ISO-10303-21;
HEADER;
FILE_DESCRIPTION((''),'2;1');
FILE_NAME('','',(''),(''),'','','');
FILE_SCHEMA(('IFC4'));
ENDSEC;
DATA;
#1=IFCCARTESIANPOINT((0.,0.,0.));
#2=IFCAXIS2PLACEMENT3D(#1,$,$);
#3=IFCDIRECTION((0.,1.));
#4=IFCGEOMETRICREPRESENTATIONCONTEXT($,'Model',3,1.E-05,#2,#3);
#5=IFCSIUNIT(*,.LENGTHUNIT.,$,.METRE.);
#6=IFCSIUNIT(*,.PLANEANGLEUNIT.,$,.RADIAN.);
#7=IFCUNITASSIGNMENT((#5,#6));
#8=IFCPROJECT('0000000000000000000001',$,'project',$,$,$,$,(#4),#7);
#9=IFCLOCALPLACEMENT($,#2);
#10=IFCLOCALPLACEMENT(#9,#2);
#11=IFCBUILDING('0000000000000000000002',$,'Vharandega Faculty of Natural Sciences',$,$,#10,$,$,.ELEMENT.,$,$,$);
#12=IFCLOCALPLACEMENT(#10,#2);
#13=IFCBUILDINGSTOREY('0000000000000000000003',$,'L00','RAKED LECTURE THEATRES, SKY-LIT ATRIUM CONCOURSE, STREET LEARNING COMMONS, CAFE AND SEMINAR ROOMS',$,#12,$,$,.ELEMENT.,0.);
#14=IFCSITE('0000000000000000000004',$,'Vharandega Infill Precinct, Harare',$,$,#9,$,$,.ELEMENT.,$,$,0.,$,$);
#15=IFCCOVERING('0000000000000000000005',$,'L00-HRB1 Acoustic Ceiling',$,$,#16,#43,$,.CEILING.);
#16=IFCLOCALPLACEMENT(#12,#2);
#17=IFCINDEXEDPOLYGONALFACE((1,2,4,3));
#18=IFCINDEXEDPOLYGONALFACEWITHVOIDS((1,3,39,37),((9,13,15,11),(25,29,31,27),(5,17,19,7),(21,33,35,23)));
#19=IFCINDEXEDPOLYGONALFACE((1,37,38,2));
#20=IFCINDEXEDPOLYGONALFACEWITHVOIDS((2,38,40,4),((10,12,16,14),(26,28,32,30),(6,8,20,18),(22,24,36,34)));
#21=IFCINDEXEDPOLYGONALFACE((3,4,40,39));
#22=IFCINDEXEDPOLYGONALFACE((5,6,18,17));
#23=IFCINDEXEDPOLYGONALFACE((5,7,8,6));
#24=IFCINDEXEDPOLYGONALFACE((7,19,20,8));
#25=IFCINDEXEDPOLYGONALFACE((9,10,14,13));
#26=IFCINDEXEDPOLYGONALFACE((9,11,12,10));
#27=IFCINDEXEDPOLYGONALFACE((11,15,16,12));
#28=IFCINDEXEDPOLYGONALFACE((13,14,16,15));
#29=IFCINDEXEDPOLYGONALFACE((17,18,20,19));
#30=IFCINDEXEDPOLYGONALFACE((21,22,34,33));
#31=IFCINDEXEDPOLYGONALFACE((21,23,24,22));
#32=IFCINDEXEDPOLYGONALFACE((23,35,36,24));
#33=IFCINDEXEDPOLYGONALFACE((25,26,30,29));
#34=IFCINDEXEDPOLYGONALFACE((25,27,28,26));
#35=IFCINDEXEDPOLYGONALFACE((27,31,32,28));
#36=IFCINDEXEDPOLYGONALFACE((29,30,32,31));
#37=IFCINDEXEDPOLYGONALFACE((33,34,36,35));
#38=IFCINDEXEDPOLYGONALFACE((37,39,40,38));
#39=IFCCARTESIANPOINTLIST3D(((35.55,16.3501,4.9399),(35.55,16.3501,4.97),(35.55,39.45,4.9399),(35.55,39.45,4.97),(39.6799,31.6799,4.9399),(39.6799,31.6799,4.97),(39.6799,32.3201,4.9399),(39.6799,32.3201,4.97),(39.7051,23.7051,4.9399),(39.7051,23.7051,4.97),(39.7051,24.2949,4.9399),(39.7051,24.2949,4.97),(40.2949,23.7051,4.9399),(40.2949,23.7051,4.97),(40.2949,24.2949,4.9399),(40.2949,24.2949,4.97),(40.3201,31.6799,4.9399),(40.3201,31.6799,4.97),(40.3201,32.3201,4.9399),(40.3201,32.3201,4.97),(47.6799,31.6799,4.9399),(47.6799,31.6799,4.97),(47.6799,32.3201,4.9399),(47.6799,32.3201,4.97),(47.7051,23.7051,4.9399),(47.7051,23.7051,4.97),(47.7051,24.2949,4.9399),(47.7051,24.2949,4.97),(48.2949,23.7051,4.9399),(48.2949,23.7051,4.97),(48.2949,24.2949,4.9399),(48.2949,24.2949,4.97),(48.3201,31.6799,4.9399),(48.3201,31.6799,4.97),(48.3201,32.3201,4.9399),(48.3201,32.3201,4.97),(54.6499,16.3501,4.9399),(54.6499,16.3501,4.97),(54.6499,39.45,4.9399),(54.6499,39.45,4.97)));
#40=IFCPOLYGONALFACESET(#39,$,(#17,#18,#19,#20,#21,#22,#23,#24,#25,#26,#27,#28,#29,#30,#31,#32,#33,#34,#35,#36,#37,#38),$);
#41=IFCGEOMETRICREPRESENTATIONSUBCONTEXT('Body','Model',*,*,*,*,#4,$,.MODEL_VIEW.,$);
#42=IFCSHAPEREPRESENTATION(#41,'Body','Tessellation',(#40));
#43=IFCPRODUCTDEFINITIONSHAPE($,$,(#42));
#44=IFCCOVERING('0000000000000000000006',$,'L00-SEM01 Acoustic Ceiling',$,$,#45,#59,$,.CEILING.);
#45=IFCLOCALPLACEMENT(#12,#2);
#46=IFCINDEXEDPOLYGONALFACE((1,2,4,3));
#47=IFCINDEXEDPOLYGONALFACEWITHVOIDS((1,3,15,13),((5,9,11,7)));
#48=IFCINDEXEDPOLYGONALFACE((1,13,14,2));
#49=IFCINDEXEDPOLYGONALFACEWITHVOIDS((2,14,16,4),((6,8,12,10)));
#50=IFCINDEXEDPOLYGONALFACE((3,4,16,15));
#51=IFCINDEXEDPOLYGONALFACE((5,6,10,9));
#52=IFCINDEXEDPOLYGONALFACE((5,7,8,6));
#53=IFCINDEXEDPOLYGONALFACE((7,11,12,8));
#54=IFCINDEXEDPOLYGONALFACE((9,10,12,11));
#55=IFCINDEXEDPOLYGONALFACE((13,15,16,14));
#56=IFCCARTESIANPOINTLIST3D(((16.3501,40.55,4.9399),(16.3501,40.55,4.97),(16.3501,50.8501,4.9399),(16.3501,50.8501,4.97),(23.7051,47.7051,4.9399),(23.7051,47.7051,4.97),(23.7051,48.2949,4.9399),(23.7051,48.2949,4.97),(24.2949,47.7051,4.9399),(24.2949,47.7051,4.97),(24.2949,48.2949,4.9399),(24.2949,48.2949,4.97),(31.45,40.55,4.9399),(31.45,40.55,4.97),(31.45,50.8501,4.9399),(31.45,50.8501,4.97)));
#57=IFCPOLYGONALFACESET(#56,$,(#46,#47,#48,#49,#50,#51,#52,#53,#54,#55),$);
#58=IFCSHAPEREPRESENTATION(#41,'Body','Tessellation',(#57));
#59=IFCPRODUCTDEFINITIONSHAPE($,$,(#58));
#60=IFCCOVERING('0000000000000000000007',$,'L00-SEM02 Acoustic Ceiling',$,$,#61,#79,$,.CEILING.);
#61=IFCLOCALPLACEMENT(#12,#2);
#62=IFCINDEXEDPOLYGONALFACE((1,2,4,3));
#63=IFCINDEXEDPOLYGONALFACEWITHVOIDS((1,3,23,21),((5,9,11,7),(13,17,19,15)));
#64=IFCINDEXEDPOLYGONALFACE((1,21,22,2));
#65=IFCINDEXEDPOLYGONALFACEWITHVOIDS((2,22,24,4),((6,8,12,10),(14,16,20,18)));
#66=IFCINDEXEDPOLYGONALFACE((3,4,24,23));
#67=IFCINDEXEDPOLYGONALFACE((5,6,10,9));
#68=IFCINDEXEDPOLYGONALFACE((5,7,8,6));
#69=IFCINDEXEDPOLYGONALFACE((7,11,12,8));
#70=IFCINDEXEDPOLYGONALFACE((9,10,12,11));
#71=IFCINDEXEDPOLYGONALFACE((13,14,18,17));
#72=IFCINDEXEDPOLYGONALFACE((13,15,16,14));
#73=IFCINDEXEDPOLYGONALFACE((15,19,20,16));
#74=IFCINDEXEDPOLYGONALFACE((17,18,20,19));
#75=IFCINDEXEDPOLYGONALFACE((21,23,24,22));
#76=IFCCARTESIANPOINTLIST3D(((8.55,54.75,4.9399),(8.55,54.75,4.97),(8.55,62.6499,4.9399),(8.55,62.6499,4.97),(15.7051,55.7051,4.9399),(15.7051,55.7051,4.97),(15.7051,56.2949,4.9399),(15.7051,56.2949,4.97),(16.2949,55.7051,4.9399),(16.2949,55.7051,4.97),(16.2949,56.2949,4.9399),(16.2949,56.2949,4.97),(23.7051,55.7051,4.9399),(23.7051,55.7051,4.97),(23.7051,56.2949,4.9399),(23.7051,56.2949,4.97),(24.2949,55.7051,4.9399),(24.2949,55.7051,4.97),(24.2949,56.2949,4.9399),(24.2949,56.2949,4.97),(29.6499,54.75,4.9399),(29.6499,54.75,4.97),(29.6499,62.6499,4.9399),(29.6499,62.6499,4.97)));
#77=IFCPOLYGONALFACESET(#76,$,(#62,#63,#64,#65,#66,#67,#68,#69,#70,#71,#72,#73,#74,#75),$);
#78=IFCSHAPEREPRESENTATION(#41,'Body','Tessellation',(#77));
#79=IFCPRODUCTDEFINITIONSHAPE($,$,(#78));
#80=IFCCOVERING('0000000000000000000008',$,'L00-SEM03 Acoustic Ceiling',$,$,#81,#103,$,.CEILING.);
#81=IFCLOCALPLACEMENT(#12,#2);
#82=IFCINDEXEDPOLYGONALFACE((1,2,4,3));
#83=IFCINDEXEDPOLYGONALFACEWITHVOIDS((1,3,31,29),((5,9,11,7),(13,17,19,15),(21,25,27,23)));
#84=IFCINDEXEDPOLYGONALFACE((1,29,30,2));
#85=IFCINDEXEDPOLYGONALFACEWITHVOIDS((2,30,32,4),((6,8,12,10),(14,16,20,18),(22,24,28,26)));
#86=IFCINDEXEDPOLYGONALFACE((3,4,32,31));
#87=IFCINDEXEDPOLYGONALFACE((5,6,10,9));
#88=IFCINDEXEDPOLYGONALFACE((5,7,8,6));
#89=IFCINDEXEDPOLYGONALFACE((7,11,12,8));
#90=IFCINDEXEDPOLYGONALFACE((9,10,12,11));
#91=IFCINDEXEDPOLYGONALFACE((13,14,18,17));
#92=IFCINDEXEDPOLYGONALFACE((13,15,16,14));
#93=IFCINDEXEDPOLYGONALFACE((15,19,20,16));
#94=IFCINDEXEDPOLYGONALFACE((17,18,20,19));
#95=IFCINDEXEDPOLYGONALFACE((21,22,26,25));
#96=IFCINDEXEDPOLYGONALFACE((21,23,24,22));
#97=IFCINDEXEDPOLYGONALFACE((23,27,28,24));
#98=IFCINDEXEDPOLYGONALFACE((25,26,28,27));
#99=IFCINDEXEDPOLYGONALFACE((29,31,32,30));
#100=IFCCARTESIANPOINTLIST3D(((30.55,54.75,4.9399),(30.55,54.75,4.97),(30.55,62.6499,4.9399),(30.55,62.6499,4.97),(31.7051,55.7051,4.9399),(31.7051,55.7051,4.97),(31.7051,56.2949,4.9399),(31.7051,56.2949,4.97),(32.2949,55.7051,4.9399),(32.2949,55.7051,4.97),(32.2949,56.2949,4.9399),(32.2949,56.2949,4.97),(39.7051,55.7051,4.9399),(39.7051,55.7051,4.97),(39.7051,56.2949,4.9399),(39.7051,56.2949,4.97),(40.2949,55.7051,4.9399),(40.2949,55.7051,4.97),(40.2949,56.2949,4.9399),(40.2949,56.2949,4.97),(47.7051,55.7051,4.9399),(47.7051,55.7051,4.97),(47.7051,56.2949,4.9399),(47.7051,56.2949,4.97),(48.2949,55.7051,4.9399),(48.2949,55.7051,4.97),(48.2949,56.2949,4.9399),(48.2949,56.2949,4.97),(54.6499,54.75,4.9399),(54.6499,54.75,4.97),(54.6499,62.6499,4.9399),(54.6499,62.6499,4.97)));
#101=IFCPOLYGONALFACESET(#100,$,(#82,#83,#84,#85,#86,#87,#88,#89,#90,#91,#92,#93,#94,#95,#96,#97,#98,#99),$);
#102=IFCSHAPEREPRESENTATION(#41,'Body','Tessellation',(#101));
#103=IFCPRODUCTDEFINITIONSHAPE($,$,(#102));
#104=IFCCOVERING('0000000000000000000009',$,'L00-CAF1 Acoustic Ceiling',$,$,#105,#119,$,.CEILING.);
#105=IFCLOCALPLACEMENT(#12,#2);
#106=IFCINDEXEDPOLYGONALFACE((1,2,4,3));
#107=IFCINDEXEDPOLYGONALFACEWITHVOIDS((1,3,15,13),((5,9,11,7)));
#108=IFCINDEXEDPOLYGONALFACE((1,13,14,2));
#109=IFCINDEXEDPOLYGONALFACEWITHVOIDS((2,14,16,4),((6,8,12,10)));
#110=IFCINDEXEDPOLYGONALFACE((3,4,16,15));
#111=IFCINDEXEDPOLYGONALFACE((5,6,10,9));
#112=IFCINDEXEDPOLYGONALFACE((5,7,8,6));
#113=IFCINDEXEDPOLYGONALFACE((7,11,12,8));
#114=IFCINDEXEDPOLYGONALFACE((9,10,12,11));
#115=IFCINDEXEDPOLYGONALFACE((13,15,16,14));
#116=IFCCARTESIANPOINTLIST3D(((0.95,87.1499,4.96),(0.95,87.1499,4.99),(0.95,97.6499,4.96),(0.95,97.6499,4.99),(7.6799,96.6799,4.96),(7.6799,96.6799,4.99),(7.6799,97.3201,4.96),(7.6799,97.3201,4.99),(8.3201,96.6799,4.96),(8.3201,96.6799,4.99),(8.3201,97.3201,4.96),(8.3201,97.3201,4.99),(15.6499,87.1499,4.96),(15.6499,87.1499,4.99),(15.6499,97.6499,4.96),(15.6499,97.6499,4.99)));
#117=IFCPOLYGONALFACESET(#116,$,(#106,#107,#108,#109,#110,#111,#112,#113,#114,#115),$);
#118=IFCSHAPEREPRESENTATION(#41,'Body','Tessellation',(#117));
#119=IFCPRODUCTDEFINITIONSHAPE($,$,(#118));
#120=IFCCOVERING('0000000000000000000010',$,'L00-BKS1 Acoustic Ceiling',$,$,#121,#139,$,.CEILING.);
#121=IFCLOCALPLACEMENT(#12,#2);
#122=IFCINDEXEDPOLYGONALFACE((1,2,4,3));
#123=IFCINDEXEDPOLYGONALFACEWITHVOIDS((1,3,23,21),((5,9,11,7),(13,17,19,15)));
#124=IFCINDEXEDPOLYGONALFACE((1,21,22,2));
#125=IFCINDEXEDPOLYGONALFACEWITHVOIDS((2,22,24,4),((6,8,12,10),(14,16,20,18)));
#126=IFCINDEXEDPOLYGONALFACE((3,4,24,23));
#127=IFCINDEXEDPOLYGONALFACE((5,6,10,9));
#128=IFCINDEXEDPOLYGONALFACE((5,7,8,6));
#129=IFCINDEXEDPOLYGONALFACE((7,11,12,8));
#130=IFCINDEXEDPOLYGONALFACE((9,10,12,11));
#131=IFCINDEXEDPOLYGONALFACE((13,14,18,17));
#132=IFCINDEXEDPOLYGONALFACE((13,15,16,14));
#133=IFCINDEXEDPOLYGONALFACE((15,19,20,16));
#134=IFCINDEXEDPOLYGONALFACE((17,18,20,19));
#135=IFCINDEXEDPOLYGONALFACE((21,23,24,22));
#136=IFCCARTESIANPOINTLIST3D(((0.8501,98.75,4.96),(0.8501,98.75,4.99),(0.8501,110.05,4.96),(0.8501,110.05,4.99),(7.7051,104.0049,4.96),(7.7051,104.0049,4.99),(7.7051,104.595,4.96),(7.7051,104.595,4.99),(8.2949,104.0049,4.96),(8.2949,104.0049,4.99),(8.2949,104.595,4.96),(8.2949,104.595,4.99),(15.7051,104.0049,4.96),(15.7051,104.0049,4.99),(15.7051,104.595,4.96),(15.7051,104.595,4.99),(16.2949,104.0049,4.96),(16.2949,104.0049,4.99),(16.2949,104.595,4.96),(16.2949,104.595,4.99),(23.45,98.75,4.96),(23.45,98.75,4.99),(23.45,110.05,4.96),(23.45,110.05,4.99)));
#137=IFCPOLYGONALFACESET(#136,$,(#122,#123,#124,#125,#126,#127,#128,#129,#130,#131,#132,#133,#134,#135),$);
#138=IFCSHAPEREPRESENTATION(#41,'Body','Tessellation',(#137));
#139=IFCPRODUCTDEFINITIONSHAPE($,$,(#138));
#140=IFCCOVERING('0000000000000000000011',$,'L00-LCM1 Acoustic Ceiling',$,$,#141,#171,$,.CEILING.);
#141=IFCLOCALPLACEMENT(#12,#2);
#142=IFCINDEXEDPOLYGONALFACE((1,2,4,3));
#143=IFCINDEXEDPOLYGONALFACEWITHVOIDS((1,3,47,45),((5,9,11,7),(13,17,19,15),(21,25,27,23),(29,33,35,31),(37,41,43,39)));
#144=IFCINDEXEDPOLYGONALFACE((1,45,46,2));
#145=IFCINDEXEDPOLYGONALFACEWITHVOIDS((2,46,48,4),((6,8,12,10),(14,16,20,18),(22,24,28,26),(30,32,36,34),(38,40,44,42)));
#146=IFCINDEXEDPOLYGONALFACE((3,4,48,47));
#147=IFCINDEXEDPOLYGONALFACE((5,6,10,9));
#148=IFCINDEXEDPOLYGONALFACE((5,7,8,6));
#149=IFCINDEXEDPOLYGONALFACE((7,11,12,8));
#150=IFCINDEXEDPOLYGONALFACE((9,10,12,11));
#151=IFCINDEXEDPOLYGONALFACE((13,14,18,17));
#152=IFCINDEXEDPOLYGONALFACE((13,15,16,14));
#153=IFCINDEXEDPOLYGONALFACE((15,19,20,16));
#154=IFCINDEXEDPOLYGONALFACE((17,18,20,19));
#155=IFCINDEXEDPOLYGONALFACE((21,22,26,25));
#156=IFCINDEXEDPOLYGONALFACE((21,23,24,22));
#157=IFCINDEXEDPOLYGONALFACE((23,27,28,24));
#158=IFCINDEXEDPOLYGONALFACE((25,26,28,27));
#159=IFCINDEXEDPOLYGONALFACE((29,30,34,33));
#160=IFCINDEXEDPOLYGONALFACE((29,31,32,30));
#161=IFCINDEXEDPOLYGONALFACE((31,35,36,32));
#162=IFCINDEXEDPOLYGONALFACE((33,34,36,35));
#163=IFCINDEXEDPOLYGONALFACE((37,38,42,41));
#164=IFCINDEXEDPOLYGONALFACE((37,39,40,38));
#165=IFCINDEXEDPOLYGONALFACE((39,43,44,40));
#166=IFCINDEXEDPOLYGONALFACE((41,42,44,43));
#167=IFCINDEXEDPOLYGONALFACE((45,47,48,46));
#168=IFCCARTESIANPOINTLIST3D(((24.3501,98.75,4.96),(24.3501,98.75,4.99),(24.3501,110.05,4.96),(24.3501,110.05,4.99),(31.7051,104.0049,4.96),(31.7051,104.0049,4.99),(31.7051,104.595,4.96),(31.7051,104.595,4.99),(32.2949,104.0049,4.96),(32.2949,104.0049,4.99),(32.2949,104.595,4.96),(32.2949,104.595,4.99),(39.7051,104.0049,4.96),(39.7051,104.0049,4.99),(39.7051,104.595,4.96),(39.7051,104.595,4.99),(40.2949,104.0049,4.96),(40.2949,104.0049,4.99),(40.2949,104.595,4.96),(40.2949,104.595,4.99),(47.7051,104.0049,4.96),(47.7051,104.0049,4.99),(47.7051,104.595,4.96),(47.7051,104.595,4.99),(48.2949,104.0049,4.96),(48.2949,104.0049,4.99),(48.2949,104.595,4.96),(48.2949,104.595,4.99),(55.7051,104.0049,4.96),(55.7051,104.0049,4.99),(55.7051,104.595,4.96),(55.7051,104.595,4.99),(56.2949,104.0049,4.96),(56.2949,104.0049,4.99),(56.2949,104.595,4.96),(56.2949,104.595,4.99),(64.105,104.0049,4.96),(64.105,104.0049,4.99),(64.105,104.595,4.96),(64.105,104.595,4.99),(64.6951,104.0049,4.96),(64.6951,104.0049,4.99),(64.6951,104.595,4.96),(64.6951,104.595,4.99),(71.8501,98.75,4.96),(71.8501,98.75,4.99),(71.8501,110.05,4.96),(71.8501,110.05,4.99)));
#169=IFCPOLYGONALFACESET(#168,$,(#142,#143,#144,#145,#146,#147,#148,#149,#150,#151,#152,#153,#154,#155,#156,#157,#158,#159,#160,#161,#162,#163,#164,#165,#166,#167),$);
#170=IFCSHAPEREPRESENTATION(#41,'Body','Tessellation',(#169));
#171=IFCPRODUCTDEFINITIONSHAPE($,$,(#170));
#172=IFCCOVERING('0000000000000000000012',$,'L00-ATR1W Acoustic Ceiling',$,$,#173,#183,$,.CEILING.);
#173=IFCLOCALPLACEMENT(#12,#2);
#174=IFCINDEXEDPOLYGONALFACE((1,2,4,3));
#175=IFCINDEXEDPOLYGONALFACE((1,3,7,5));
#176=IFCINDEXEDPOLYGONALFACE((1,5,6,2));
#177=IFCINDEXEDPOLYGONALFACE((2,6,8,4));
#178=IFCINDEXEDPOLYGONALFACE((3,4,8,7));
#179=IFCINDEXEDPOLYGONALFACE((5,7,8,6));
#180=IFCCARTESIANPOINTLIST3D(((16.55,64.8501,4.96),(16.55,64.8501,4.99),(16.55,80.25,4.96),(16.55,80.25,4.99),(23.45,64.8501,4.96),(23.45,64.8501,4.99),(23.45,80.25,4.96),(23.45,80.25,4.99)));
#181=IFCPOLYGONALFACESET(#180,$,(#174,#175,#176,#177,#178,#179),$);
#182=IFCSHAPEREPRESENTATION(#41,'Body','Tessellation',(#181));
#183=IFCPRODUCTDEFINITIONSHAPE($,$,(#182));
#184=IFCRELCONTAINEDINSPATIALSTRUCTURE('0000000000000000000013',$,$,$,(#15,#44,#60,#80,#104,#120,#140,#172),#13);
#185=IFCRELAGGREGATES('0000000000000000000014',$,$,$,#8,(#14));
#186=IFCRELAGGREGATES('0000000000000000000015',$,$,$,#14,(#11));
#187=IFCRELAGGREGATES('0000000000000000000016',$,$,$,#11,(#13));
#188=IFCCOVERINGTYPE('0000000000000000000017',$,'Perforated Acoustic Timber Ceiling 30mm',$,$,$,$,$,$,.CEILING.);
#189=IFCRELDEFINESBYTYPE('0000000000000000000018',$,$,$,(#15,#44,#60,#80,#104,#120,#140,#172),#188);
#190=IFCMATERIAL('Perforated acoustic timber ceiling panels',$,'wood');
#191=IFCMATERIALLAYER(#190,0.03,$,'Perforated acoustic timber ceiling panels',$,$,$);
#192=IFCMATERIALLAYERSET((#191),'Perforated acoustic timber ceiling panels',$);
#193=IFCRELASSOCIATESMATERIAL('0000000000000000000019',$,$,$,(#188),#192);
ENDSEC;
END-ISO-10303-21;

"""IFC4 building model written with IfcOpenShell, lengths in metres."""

from ifc_helpers import new_model, si_unit, direction, frame, origin, place, context, subcontext, project, spatial, polyline, outline, extrude, material, layer, layer_set, type_object, element, save


model = new_model("IFC4")

# Units and contexts
model_context = context("Model", 3, precision=1e-05, world=origin(), true_north=direction((0.0, 1.0)))
body_context = subcontext(model_context, "Body", "Model", "MODEL_VIEW")
ifc_project = project(units=[si_unit("LENGTHUNIT", "METRE"), si_unit("PLANEANGLEUNIT", "RADIAN")], contexts=[model_context])

# Site, building, storey
site_placement = place(None, origin())
site = spatial("IfcSite", under=ifc_project, at=site_placement, Name="Vharandega Infill Precinct, Harare", CompositionType="ELEMENT", RefElevation=0.0)
building_placement = place(site_placement, origin())
building = spatial("IfcBuilding", under=site, at=building_placement, Name="Vharandega Faculty of Natural Sciences", CompositionType="ELEMENT")
storey_placement = place(building_placement, origin())
storey = spatial("IfcBuildingStorey", under=building, at=storey_placement, Name="L00", Description="RAKED LECTURE THEATRES, SKY-LIT ATRIUM CONCOURSE, STREET LEARNING COMMONS, CAFE AND SEMINAR ROOMS", CompositionType="ELEMENT", Elevation=0.0)

# Coverings
ifc_material_1 = material(Name="Perforated acoustic timber ceiling panels", Category="wood")
ifc_layer_1 = layer(ifc_material_1, 0.03, Name="Perforated acoustic timber ceiling panels")
ifc_layer_set_1 = layer_set([ifc_layer_1], Name="Perforated acoustic timber ceiling panels")
covering_type_1 = type_object("IfcCoveringType", Name="Perforated Acoustic Timber Ceiling 30mm", PredefinedType="CEILING", material=ifc_layer_set_1)
covering_1_placement = place(storey_placement, frame((0.0, 0.0, 4.9399)))
element("IfcCovering", 1, at=covering_1_placement, inside=storey, type_object=covering_type_1, Name="L00-HRB1 Acoustic Ceiling", PredefinedType="CEILING", context=body_context, shape_type="SweptSolid", body=[
    extrude(outline(polyline([(35.55, 16.3501), (54.6499, 16.3501), (54.6499, 39.45), (35.55, 39.45), (35.55, 16.3501)]), holes=[polyline([(39.7051, 23.7051), (40.2949, 23.7051), (40.2949, 24.2949), (39.7051, 24.2949), (39.7051, 23.7051)]), polyline([(39.6799, 31.6799), (40.3201, 31.6799), (40.3201, 32.3201), (39.6799, 32.3201), (39.6799, 31.6799)]), polyline([(47.7051, 23.7051), (48.2949, 23.7051), (48.2949, 24.2949), (47.7051, 24.2949), (47.7051, 23.7051)]), polyline([(47.6799, 31.6799), (48.3201, 31.6799), (48.3201, 32.3201), (47.6799, 32.3201), (47.6799, 31.6799)])]), origin(), (0.0, 0.0, 1.0), 0.03),
])
covering_2_placement = place(storey_placement, frame((0.0, 0.0, 4.9399)))
element("IfcCovering", 2, at=covering_2_placement, inside=storey, type_object=covering_type_1, Name="L00-SEM01 Acoustic Ceiling", PredefinedType="CEILING", context=body_context, shape_type="SweptSolid", body=[
    extrude(outline(polyline([(16.3501, 40.55), (31.45, 40.55), (31.45, 50.8501), (16.3501, 50.8501), (16.3501, 40.55)]), holes=[polyline([(23.7051, 47.7051), (24.2949, 47.7051), (24.2949, 48.2949), (23.7051, 48.2949), (23.7051, 47.7051)])]), origin(), (0.0, 0.0, 1.0), 0.03),
])
covering_3_placement = place(storey_placement, frame((0.0, 0.0, 4.9399)))
element("IfcCovering", 3, at=covering_3_placement, inside=storey, type_object=covering_type_1, Name="L00-SEM02 Acoustic Ceiling", PredefinedType="CEILING", context=body_context, shape_type="SweptSolid", body=[
    extrude(outline(polyline([(8.55, 54.75), (29.6499, 54.75), (29.6499, 62.6499), (8.55, 62.6499), (8.55, 54.75)]), holes=[polyline([(15.7051, 55.7051), (16.2949, 55.7051), (16.2949, 56.2949), (15.7051, 56.2949), (15.7051, 55.7051)]), polyline([(23.7051, 55.7051), (24.2949, 55.7051), (24.2949, 56.2949), (23.7051, 56.2949), (23.7051, 55.7051)])]), origin(), (0.0, 0.0, 1.0), 0.03),
])
covering_4_placement = place(storey_placement, frame((0.0, 0.0, 4.9399)))
element("IfcCovering", 4, at=covering_4_placement, inside=storey, type_object=covering_type_1, Name="L00-SEM03 Acoustic Ceiling", PredefinedType="CEILING", context=body_context, shape_type="SweptSolid", body=[
    extrude(outline(polyline([(30.55, 54.75), (54.6499, 54.75), (54.6499, 62.6499), (30.55, 62.6499), (30.55, 54.75)]), holes=[polyline([(31.7051, 55.7051), (32.2949, 55.7051), (32.2949, 56.2949), (31.7051, 56.2949), (31.7051, 55.7051)]), polyline([(39.7051, 55.7051), (40.2949, 55.7051), (40.2949, 56.2949), (39.7051, 56.2949), (39.7051, 55.7051)]), polyline([(47.7051, 55.7051), (48.2949, 55.7051), (48.2949, 56.2949), (47.7051, 56.2949), (47.7051, 55.7051)])]), origin(), (0.0, 0.0, 1.0), 0.03),
])
covering_5_placement = place(storey_placement, frame((0.0, 0.0, 4.96)))
element("IfcCovering", 5, at=covering_5_placement, inside=storey, type_object=covering_type_1, Name="L00-CAF1 Acoustic Ceiling", PredefinedType="CEILING", context=body_context, shape_type="SweptSolid", body=[
    extrude(outline(polyline([(0.95, 87.1499), (15.6499, 87.1499), (15.6499, 97.6499), (0.95, 97.6499), (0.95, 87.1499)]), holes=[polyline([(7.6799, 96.6799), (8.3201, 96.6799), (8.3201, 97.3201), (7.6799, 97.3201), (7.6799, 96.6799)])]), origin(), (0.0, 0.0, 1.0), 0.03),
])
covering_6_placement = place(storey_placement, frame((0.0, 0.0, 4.96)))
element("IfcCovering", 6, at=covering_6_placement, inside=storey, type_object=covering_type_1, Name="L00-BKS1 Acoustic Ceiling", PredefinedType="CEILING", context=body_context, shape_type="SweptSolid", body=[
    extrude(outline(polyline([(0.8501, 98.75), (23.45, 98.75), (23.45, 110.05), (0.8501, 110.05), (0.8501, 98.75)]), holes=[polyline([(7.7051, 104.0049), (8.2949, 104.0049), (8.2949, 104.595), (7.7051, 104.595), (7.7051, 104.0049)]), polyline([(15.7051, 104.0049), (16.2949, 104.0049), (16.2949, 104.595), (15.7051, 104.595), (15.7051, 104.0049)])]), origin(), (0.0, 0.0, 1.0), 0.03),
])
covering_7_placement = place(storey_placement, frame((0.0, 0.0, 4.96)))
element("IfcCovering", 7, at=covering_7_placement, inside=storey, type_object=covering_type_1, Name="L00-LCM1 Acoustic Ceiling", PredefinedType="CEILING", context=body_context, shape_type="SweptSolid", body=[
    extrude(outline(polyline([(24.3501, 98.75), (71.8501, 98.75), (71.8501, 110.05), (24.3501, 110.05), (24.3501, 98.75)]), holes=[polyline([(31.7051, 104.0049), (32.2949, 104.0049), (32.2949, 104.595), (31.7051, 104.595), (31.7051, 104.0049)]), polyline([(39.7051, 104.0049), (40.2949, 104.0049), (40.2949, 104.595), (39.7051, 104.595), (39.7051, 104.0049)]), polyline([(47.7051, 104.0049), (48.2949, 104.0049), (48.2949, 104.595), (47.7051, 104.595), (47.7051, 104.0049)]), polyline([(55.7051, 104.0049), (56.2949, 104.0049), (56.2949, 104.595), (55.7051, 104.595), (55.7051, 104.0049)]), polyline([(64.105, 104.0049), (64.6951, 104.0049), (64.6951, 104.595), (64.105, 104.595), (64.105, 104.0049)])]), origin(), (0.0, 0.0, 1.0), 0.03),
])
covering_8_placement = place(storey_placement, frame((0.0, 0.0, 4.96)))
element("IfcCovering", 8, at=covering_8_placement, inside=storey, type_object=covering_type_1, Name="L00-ATR1W Acoustic Ceiling", PredefinedType="CEILING", context=body_context, shape_type="SweptSolid", body=[
    extrude(outline(polyline([(16.55, 64.8501), (23.45, 64.8501), (23.45, 80.25), (16.55, 80.25), (16.55, 64.8501)])), origin(), (0.0, 0.0, 1.0), 0.03),
])

save(model, "model.ifc")
